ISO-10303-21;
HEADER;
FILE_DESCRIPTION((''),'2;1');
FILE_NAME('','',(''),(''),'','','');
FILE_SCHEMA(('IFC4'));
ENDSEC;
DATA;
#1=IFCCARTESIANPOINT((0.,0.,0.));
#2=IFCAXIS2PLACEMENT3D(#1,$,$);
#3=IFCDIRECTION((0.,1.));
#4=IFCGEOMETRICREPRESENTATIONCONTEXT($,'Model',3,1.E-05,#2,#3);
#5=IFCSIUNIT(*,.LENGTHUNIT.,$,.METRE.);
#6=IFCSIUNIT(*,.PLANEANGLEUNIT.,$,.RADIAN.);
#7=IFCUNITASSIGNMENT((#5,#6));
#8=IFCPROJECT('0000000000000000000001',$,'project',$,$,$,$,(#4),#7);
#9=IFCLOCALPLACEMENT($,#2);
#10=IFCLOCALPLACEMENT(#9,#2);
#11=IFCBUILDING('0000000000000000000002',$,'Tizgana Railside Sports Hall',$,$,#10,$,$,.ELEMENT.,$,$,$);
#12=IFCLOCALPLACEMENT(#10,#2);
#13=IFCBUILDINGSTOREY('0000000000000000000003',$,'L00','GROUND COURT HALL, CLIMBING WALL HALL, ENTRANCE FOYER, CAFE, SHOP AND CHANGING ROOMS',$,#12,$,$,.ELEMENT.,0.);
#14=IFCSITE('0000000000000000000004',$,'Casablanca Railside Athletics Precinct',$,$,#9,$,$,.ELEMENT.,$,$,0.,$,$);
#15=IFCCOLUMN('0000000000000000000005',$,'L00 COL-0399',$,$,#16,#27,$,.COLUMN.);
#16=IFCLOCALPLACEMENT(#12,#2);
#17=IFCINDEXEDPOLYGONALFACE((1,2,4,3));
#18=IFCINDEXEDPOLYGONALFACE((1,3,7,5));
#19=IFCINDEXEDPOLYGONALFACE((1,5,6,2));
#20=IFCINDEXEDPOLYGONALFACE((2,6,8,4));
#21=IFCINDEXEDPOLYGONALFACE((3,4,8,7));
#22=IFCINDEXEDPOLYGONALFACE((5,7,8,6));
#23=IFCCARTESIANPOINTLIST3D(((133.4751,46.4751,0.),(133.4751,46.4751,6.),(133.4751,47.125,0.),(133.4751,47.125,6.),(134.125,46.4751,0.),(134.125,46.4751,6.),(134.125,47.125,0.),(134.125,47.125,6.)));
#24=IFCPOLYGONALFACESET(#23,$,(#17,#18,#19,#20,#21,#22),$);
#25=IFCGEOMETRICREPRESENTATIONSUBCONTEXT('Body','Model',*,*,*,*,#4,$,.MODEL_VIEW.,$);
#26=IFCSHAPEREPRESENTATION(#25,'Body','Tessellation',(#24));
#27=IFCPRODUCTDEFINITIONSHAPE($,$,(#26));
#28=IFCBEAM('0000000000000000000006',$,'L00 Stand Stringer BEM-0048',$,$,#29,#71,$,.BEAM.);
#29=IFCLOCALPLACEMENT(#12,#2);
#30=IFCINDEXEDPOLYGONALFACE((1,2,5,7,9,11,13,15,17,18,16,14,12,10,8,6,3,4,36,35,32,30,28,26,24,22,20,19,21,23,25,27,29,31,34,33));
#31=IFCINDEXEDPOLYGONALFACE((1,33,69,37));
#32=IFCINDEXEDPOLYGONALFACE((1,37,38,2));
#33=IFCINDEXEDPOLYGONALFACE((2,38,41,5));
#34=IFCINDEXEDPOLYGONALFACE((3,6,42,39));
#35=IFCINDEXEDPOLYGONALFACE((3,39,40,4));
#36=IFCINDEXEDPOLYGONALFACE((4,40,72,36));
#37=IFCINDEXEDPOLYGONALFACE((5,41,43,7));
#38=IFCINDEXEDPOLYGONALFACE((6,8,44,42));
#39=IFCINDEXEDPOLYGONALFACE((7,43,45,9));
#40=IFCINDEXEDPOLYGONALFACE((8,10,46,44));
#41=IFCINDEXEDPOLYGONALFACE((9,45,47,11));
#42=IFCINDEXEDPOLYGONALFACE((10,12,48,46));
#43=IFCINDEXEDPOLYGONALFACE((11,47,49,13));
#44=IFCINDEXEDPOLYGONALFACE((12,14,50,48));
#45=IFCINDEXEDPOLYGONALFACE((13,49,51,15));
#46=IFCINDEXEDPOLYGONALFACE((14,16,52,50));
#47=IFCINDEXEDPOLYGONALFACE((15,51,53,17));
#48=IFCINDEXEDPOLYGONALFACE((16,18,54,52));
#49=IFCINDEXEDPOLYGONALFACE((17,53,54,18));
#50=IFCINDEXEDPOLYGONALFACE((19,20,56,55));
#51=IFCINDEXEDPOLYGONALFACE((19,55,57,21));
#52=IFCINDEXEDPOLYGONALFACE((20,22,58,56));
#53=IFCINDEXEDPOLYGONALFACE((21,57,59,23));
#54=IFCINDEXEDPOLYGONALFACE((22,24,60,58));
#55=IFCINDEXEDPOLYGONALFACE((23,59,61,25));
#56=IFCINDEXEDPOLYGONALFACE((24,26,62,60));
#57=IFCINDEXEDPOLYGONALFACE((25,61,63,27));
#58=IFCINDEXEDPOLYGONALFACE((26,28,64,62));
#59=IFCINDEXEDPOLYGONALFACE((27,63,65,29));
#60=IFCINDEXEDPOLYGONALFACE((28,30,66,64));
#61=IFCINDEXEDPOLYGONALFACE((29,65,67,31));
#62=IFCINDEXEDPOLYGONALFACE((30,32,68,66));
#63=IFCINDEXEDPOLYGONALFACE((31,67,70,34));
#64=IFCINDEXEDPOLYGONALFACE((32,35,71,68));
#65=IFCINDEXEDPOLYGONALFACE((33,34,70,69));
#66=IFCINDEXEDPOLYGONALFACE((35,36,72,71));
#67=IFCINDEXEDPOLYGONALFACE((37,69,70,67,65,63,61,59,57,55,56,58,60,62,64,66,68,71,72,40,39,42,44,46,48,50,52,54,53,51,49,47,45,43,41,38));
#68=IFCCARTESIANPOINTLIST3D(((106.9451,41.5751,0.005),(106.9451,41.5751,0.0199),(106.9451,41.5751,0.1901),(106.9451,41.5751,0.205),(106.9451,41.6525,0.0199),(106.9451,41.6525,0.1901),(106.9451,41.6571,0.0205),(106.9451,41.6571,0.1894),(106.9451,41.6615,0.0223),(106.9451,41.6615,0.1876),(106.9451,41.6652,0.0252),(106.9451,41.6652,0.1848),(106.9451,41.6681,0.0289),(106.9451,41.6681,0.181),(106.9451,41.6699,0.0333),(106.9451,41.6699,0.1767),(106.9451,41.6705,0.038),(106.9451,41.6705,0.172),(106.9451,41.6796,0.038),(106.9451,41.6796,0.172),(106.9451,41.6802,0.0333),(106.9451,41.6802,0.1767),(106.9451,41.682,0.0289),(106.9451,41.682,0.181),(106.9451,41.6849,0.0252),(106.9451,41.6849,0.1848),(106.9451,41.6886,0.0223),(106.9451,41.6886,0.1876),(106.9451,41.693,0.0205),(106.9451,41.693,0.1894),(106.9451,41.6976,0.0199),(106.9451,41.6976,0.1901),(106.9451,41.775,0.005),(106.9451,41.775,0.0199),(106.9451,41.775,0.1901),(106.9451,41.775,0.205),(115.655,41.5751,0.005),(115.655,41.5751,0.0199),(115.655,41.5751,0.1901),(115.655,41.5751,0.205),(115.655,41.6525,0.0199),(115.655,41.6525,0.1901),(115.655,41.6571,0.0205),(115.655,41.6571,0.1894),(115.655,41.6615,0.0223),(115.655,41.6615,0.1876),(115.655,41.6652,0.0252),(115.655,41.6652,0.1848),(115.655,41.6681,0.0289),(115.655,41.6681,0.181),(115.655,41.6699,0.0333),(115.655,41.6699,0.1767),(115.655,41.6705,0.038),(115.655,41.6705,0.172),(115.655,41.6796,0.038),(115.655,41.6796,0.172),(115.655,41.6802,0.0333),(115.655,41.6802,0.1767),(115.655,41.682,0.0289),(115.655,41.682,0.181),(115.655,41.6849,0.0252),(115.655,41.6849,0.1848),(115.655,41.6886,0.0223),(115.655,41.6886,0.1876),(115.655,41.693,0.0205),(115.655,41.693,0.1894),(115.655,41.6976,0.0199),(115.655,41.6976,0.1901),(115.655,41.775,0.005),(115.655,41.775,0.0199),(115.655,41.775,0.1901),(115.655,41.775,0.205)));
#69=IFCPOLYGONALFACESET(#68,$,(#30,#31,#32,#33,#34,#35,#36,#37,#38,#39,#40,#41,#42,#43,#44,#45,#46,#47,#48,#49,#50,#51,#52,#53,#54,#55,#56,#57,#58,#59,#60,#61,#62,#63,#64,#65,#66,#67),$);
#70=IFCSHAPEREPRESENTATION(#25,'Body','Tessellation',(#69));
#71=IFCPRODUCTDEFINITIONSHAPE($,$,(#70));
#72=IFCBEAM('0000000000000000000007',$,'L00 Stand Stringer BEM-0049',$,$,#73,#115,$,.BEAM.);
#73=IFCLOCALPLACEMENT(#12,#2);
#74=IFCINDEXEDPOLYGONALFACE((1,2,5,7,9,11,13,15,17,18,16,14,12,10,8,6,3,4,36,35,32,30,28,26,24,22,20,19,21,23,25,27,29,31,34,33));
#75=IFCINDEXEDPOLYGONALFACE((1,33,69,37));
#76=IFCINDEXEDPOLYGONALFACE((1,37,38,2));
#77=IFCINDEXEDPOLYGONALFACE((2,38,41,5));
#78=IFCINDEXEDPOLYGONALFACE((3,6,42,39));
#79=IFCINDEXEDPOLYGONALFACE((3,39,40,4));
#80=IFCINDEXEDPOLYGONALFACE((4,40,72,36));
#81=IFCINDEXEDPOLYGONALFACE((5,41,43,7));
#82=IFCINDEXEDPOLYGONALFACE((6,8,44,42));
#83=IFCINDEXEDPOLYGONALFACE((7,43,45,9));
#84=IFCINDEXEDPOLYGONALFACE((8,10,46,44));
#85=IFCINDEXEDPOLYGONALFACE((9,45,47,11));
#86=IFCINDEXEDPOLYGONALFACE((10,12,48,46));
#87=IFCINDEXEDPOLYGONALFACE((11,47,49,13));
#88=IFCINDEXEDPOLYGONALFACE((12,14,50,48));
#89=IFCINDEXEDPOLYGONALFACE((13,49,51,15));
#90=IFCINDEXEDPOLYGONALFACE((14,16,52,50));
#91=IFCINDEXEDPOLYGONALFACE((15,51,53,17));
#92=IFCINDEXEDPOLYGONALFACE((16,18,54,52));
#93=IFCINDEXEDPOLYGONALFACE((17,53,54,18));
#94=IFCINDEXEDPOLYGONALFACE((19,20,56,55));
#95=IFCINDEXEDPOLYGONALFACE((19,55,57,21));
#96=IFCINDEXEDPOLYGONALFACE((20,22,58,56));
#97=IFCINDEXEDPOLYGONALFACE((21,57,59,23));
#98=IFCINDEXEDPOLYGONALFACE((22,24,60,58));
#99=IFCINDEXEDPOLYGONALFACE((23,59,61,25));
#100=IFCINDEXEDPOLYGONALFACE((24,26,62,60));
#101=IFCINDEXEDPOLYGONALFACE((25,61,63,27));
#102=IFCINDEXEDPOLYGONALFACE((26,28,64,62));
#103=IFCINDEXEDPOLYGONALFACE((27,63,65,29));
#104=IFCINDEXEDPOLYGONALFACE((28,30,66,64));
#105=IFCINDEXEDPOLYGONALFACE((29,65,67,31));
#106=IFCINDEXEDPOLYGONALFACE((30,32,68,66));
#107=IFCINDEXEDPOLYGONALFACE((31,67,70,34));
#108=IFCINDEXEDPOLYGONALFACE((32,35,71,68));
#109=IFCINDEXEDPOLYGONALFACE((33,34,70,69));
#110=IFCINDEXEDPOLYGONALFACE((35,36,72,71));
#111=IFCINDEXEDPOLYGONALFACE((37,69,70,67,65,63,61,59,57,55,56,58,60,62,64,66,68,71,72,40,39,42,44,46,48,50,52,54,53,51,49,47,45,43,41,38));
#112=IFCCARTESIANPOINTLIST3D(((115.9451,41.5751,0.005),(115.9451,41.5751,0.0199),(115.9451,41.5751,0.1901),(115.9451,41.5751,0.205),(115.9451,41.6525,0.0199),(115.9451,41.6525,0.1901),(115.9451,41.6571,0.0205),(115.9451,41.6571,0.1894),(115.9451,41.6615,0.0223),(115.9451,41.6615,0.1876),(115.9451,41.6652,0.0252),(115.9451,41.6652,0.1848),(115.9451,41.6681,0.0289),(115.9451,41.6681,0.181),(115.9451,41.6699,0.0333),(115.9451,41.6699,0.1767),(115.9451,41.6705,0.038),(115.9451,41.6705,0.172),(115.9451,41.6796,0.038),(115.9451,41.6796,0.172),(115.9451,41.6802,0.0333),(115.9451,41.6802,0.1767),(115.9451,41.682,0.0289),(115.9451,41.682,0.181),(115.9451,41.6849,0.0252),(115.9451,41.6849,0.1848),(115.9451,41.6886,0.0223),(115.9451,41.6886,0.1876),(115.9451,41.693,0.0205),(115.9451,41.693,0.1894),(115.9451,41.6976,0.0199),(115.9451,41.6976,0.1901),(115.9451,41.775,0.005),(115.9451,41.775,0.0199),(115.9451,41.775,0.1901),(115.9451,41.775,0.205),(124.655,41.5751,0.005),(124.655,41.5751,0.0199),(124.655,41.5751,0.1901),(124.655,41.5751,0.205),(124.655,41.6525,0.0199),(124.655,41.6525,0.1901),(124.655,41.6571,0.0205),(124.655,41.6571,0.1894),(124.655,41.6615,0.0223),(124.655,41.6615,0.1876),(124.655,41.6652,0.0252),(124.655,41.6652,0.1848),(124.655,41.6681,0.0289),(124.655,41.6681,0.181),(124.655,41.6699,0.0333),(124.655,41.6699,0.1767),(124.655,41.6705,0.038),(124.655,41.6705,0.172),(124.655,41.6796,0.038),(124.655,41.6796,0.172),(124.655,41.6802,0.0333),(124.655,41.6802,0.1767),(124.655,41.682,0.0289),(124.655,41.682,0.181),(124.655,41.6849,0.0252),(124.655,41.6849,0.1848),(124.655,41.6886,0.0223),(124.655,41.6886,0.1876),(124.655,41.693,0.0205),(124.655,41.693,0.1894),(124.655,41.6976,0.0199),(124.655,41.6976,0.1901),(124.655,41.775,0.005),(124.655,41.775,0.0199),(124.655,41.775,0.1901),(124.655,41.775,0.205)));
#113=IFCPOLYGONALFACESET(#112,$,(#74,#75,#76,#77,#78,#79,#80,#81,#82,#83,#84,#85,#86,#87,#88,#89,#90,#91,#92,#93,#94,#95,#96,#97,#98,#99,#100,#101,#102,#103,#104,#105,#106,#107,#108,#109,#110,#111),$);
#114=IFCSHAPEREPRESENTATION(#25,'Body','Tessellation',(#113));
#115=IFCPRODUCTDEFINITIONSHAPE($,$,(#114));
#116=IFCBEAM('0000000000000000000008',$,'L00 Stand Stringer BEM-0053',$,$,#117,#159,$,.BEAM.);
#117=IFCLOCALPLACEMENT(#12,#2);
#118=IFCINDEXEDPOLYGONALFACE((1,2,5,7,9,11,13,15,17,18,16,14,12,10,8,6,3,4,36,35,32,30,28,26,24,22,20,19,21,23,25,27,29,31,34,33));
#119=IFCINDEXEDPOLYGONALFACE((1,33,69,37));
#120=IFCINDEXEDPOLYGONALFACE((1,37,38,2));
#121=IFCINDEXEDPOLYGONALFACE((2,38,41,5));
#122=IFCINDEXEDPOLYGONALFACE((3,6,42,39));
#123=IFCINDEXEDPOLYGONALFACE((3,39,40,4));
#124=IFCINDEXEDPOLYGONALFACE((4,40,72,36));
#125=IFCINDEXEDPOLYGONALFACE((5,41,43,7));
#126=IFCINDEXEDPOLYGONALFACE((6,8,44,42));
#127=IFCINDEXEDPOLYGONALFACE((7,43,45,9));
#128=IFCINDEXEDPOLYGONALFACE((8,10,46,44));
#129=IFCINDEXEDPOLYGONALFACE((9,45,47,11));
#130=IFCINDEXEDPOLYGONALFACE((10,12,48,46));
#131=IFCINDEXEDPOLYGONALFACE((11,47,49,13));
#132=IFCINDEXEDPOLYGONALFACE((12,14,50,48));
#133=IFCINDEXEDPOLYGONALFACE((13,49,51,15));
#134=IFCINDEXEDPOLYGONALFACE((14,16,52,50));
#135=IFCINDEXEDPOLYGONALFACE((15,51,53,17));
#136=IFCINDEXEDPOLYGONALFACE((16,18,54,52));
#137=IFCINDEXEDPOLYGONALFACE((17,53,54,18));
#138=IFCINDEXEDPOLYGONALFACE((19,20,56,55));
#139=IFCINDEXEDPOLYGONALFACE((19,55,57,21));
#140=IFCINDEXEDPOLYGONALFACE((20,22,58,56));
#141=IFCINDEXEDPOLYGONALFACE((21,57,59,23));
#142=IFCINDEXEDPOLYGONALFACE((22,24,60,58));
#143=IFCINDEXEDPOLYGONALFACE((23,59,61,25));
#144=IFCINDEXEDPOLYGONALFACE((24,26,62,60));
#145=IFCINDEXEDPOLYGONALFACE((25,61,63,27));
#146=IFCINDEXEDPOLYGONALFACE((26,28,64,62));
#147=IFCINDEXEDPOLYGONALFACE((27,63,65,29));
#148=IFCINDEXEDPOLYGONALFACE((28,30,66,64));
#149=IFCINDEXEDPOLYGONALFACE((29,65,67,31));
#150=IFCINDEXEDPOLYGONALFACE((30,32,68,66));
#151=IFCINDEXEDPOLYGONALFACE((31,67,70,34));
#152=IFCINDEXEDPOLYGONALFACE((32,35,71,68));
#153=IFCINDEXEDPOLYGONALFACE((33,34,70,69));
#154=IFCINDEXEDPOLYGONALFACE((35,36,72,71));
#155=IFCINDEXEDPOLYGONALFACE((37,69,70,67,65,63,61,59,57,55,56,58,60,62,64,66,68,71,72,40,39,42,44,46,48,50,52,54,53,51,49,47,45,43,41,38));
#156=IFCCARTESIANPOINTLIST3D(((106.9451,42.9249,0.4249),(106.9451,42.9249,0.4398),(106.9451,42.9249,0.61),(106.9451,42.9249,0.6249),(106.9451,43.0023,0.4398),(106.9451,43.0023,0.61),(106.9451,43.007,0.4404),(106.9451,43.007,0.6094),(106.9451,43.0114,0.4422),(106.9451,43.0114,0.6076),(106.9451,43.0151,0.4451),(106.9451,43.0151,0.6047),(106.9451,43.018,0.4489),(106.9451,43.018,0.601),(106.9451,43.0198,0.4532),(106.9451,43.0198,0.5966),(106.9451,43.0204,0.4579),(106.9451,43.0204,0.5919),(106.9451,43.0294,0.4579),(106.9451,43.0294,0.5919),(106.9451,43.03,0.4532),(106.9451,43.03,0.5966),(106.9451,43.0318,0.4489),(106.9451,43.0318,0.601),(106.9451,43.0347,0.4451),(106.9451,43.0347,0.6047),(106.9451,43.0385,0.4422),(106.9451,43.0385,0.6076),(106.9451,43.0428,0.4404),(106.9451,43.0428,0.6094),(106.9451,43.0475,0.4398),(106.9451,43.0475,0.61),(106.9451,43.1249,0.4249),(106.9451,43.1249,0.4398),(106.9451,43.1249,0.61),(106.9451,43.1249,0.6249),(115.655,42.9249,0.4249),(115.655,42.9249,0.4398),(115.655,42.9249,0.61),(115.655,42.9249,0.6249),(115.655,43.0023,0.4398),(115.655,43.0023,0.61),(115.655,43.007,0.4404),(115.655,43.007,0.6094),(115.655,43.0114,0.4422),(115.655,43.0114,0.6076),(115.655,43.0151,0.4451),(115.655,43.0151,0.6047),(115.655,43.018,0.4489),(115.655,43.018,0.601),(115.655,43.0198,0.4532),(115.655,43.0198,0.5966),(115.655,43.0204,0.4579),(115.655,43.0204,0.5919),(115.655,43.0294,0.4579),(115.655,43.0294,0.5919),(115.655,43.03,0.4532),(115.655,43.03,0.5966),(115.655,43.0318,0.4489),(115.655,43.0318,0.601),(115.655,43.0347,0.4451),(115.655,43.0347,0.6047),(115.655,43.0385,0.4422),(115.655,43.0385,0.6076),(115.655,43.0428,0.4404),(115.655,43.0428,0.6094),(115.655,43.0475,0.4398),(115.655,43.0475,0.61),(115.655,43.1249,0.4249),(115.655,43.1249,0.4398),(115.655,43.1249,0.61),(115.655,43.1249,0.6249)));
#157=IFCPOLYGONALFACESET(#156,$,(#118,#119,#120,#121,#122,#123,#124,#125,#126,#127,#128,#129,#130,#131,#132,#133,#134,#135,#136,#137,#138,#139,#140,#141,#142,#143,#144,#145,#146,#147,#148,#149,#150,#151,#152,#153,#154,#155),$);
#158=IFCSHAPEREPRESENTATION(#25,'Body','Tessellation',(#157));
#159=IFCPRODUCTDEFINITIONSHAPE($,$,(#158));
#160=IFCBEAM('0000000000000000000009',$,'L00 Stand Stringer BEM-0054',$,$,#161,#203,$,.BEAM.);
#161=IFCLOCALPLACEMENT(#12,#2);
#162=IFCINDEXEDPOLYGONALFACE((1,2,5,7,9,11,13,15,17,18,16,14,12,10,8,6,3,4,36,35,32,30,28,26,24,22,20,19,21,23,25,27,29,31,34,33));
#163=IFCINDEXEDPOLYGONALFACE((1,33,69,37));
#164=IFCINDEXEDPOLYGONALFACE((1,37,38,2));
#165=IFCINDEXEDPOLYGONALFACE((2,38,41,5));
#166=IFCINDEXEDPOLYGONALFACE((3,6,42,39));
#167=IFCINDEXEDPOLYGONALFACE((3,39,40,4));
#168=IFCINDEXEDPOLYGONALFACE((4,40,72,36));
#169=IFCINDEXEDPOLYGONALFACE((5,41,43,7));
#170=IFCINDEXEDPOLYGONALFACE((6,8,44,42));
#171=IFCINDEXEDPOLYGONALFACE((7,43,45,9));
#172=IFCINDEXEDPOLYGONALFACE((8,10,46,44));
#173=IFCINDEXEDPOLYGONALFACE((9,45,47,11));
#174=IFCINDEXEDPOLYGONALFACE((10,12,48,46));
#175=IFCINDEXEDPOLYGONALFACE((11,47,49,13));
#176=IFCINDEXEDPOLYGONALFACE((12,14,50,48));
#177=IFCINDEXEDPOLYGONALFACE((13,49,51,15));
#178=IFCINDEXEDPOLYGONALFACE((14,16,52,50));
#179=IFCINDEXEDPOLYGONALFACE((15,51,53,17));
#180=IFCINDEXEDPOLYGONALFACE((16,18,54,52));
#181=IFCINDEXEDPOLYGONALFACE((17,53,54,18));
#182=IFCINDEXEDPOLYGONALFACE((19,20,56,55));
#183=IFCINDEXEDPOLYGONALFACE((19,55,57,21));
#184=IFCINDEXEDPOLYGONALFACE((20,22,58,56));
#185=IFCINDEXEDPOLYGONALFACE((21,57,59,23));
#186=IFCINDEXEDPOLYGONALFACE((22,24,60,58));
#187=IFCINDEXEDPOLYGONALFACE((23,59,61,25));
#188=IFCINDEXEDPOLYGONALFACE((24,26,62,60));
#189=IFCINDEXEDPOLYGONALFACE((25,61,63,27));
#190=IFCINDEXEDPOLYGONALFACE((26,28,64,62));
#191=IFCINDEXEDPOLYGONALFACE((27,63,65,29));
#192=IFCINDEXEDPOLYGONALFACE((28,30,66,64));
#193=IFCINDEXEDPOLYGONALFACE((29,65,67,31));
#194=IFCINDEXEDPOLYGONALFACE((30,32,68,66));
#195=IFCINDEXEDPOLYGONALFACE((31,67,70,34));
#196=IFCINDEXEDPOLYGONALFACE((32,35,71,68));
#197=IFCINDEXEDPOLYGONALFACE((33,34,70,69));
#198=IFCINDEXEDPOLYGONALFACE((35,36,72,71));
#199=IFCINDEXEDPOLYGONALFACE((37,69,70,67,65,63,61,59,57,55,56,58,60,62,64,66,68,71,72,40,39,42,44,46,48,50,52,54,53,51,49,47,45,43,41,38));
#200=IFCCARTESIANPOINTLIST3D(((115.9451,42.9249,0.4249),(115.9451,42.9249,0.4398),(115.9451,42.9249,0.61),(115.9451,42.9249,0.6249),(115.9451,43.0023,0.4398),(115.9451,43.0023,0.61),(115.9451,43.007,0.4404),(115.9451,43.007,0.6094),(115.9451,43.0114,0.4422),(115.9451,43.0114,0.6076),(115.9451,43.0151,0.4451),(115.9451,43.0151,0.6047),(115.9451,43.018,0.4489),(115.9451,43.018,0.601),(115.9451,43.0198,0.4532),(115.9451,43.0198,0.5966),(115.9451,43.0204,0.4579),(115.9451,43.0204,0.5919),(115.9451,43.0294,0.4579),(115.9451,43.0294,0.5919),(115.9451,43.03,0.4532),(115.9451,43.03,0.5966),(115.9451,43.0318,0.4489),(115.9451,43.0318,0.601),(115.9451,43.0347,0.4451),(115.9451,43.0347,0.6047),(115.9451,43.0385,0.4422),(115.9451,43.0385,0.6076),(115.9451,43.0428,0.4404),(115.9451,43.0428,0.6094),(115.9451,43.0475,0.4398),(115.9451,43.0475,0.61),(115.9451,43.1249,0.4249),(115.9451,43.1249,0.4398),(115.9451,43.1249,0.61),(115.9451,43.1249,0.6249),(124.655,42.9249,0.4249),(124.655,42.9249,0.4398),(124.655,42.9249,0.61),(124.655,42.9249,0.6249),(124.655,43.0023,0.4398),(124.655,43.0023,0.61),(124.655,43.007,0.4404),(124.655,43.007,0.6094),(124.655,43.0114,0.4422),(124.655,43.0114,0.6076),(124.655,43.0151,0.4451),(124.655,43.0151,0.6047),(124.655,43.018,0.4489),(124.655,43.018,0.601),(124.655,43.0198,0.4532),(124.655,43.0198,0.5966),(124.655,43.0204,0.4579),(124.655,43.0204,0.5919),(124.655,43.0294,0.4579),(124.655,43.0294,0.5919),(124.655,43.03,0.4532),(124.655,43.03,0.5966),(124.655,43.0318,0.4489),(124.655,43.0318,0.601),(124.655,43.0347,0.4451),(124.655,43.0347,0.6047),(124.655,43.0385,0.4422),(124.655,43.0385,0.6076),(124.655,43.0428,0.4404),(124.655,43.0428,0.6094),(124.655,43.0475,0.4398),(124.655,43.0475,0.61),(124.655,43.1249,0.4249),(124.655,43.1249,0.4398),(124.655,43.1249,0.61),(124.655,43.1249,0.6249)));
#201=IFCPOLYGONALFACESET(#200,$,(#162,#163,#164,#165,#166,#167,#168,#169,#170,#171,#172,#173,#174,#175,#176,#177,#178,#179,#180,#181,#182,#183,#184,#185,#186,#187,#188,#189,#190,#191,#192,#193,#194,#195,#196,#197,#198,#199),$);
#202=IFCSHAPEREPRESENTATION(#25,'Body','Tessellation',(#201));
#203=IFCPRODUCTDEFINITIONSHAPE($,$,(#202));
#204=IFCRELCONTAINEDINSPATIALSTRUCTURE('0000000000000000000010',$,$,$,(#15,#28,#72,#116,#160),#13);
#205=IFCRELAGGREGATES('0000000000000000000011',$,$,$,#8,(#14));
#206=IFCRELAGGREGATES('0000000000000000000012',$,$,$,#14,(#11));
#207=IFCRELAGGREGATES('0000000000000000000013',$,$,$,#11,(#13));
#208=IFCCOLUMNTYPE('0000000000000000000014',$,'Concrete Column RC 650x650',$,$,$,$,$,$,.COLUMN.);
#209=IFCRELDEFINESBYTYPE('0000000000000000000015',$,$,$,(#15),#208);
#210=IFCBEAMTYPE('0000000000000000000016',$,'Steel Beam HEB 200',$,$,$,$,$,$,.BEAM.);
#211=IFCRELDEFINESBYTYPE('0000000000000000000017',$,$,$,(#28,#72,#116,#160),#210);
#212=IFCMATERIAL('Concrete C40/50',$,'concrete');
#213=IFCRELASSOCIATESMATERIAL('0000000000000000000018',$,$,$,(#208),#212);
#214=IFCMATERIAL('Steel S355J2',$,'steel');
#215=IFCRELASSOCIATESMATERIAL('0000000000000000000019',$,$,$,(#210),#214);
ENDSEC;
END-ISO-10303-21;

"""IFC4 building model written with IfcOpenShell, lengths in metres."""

from ifc_helpers import new_model, si_unit, direction, frame, origin, origin_2d, place, context, subcontext, project, spatial, rectangle, i_section, extrude, material, material_profile, profile_set, type_object, element, save


model = new_model("IFC4")

# Units and contexts
model_context = context("Model", 3, precision=1e-05, world=origin(), true_north=direction((0.0, 1.0)))
body_context = subcontext(model_context, "Body", "Model", "MODEL_VIEW")
ifc_project = project(units=[si_unit("LENGTHUNIT", "METRE"), si_unit("PLANEANGLEUNIT", "RADIAN")], contexts=[model_context])

# Site, building, storey
site_placement = place(None, origin())
site = spatial("IfcSite", under=ifc_project, at=site_placement, Name="Casablanca Railside Athletics Precinct", CompositionType="ELEMENT", RefElevation=0.0)
building_placement = place(site_placement, origin())
building = spatial("IfcBuilding", under=site, at=building_placement, Name="Tizgana Railside Sports Hall", CompositionType="ELEMENT")
storey_placement = place(building_placement, origin())
storey = spatial("IfcBuildingStorey", under=building, at=storey_placement, Name="L00", Description="GROUND COURT HALL, CLIMBING WALL HALL, ENTRANCE FOYER, CAFE, SHOP AND CHANGING ROOMS", CompositionType="ELEMENT", Elevation=0.0)

# Column
ifc_material_1 = material(Name="Concrete C40/50", Category="concrete")
ifc_material_profile_1 = material_profile(ifc_material_1, rectangle(XDim=0.6499, YDim=0.6499, at=origin_2d()), Name="RC 650x650")
ifc_profile_set_1 = profile_set([ifc_material_profile_1], Name="Concrete C40/50")
column_type = type_object("IfcColumnType", Name="Concrete Column RC 650x650", PredefinedType="COLUMN", material=ifc_profile_set_1)
column_placement = place(storey_placement, frame((133.8, 46.8, 0.0), z_axis=(0.0, 0.0, 1.0), x_axis=(1.0, 0.0, 0.0)))
element("IfcColumn", 1, at=column_placement, inside=storey, type_object=column_type, Name="L00 COL-0399", PredefinedType="COLUMN", context=body_context, shape_type="SweptSolid", body=[
    extrude(rectangle(XDim=0.6499, YDim=0.6499, at=origin_2d()), origin(), (0.0, 0.0, 1.0), 6.0),
])

# Beams
ifc_material_2 = material(Name="Steel S355J2", Category="steel")
ifc_material_profile_2 = material_profile(ifc_material_2, i_section(OverallWidth=0.2, OverallDepth=0.2, WebThickness=0.009, FlangeThickness=0.0149, FilletRadius=0.0181, at=origin_2d()), Name="HEB 200")
ifc_profile_set_2 = profile_set([ifc_material_profile_2], Name="Steel S355J2")
beam_type_1 = type_object("IfcBeamType", Name="Steel Beam HEB 200", PredefinedType="BEAM", material=ifc_profile_set_2)
for number, where, z_axis, x_axis, name in (
    (2, (106.9451, 41.675, 0.105), (1.0, 0.0, 0.0), (0.0, 1.0, 0.0), "L00 Stand Stringer BEM-0048"),
    (3, (115.9451, 41.675, 0.105), (1.0, 0.0, 0.0), (0.0, 1.0, 0.0), "L00 Stand Stringer BEM-0049"),
    (4, (106.9451, 43.0249, 0.5249), (1.0, 0.0, 0.0), (0.0, 1.0, 0.0), "L00 Stand Stringer BEM-0053"),
    (5, (115.9451, 43.0249, 0.5249), (1.0, 0.0, 0.0), (0.0, 1.0, 0.0), "L00 Stand Stringer BEM-0054"),
):
    element("IfcBeam", number, at=place(storey_placement, frame(where, z_axis=z_axis, x_axis=x_axis)), inside=storey, type_object=beam_type_1, Name=name, PredefinedType="BEAM", context=body_context, shape_type="SweptSolid", body=[
        extrude(i_section(OverallWidth=0.2, OverallDepth=0.2, WebThickness=0.009, FlangeThickness=0.0149, FilletRadius=0.0181, at=origin_2d()), origin(), (0.0, 0.0, 1.0), 8.71),
    ])

save(model, "model.ifc")
